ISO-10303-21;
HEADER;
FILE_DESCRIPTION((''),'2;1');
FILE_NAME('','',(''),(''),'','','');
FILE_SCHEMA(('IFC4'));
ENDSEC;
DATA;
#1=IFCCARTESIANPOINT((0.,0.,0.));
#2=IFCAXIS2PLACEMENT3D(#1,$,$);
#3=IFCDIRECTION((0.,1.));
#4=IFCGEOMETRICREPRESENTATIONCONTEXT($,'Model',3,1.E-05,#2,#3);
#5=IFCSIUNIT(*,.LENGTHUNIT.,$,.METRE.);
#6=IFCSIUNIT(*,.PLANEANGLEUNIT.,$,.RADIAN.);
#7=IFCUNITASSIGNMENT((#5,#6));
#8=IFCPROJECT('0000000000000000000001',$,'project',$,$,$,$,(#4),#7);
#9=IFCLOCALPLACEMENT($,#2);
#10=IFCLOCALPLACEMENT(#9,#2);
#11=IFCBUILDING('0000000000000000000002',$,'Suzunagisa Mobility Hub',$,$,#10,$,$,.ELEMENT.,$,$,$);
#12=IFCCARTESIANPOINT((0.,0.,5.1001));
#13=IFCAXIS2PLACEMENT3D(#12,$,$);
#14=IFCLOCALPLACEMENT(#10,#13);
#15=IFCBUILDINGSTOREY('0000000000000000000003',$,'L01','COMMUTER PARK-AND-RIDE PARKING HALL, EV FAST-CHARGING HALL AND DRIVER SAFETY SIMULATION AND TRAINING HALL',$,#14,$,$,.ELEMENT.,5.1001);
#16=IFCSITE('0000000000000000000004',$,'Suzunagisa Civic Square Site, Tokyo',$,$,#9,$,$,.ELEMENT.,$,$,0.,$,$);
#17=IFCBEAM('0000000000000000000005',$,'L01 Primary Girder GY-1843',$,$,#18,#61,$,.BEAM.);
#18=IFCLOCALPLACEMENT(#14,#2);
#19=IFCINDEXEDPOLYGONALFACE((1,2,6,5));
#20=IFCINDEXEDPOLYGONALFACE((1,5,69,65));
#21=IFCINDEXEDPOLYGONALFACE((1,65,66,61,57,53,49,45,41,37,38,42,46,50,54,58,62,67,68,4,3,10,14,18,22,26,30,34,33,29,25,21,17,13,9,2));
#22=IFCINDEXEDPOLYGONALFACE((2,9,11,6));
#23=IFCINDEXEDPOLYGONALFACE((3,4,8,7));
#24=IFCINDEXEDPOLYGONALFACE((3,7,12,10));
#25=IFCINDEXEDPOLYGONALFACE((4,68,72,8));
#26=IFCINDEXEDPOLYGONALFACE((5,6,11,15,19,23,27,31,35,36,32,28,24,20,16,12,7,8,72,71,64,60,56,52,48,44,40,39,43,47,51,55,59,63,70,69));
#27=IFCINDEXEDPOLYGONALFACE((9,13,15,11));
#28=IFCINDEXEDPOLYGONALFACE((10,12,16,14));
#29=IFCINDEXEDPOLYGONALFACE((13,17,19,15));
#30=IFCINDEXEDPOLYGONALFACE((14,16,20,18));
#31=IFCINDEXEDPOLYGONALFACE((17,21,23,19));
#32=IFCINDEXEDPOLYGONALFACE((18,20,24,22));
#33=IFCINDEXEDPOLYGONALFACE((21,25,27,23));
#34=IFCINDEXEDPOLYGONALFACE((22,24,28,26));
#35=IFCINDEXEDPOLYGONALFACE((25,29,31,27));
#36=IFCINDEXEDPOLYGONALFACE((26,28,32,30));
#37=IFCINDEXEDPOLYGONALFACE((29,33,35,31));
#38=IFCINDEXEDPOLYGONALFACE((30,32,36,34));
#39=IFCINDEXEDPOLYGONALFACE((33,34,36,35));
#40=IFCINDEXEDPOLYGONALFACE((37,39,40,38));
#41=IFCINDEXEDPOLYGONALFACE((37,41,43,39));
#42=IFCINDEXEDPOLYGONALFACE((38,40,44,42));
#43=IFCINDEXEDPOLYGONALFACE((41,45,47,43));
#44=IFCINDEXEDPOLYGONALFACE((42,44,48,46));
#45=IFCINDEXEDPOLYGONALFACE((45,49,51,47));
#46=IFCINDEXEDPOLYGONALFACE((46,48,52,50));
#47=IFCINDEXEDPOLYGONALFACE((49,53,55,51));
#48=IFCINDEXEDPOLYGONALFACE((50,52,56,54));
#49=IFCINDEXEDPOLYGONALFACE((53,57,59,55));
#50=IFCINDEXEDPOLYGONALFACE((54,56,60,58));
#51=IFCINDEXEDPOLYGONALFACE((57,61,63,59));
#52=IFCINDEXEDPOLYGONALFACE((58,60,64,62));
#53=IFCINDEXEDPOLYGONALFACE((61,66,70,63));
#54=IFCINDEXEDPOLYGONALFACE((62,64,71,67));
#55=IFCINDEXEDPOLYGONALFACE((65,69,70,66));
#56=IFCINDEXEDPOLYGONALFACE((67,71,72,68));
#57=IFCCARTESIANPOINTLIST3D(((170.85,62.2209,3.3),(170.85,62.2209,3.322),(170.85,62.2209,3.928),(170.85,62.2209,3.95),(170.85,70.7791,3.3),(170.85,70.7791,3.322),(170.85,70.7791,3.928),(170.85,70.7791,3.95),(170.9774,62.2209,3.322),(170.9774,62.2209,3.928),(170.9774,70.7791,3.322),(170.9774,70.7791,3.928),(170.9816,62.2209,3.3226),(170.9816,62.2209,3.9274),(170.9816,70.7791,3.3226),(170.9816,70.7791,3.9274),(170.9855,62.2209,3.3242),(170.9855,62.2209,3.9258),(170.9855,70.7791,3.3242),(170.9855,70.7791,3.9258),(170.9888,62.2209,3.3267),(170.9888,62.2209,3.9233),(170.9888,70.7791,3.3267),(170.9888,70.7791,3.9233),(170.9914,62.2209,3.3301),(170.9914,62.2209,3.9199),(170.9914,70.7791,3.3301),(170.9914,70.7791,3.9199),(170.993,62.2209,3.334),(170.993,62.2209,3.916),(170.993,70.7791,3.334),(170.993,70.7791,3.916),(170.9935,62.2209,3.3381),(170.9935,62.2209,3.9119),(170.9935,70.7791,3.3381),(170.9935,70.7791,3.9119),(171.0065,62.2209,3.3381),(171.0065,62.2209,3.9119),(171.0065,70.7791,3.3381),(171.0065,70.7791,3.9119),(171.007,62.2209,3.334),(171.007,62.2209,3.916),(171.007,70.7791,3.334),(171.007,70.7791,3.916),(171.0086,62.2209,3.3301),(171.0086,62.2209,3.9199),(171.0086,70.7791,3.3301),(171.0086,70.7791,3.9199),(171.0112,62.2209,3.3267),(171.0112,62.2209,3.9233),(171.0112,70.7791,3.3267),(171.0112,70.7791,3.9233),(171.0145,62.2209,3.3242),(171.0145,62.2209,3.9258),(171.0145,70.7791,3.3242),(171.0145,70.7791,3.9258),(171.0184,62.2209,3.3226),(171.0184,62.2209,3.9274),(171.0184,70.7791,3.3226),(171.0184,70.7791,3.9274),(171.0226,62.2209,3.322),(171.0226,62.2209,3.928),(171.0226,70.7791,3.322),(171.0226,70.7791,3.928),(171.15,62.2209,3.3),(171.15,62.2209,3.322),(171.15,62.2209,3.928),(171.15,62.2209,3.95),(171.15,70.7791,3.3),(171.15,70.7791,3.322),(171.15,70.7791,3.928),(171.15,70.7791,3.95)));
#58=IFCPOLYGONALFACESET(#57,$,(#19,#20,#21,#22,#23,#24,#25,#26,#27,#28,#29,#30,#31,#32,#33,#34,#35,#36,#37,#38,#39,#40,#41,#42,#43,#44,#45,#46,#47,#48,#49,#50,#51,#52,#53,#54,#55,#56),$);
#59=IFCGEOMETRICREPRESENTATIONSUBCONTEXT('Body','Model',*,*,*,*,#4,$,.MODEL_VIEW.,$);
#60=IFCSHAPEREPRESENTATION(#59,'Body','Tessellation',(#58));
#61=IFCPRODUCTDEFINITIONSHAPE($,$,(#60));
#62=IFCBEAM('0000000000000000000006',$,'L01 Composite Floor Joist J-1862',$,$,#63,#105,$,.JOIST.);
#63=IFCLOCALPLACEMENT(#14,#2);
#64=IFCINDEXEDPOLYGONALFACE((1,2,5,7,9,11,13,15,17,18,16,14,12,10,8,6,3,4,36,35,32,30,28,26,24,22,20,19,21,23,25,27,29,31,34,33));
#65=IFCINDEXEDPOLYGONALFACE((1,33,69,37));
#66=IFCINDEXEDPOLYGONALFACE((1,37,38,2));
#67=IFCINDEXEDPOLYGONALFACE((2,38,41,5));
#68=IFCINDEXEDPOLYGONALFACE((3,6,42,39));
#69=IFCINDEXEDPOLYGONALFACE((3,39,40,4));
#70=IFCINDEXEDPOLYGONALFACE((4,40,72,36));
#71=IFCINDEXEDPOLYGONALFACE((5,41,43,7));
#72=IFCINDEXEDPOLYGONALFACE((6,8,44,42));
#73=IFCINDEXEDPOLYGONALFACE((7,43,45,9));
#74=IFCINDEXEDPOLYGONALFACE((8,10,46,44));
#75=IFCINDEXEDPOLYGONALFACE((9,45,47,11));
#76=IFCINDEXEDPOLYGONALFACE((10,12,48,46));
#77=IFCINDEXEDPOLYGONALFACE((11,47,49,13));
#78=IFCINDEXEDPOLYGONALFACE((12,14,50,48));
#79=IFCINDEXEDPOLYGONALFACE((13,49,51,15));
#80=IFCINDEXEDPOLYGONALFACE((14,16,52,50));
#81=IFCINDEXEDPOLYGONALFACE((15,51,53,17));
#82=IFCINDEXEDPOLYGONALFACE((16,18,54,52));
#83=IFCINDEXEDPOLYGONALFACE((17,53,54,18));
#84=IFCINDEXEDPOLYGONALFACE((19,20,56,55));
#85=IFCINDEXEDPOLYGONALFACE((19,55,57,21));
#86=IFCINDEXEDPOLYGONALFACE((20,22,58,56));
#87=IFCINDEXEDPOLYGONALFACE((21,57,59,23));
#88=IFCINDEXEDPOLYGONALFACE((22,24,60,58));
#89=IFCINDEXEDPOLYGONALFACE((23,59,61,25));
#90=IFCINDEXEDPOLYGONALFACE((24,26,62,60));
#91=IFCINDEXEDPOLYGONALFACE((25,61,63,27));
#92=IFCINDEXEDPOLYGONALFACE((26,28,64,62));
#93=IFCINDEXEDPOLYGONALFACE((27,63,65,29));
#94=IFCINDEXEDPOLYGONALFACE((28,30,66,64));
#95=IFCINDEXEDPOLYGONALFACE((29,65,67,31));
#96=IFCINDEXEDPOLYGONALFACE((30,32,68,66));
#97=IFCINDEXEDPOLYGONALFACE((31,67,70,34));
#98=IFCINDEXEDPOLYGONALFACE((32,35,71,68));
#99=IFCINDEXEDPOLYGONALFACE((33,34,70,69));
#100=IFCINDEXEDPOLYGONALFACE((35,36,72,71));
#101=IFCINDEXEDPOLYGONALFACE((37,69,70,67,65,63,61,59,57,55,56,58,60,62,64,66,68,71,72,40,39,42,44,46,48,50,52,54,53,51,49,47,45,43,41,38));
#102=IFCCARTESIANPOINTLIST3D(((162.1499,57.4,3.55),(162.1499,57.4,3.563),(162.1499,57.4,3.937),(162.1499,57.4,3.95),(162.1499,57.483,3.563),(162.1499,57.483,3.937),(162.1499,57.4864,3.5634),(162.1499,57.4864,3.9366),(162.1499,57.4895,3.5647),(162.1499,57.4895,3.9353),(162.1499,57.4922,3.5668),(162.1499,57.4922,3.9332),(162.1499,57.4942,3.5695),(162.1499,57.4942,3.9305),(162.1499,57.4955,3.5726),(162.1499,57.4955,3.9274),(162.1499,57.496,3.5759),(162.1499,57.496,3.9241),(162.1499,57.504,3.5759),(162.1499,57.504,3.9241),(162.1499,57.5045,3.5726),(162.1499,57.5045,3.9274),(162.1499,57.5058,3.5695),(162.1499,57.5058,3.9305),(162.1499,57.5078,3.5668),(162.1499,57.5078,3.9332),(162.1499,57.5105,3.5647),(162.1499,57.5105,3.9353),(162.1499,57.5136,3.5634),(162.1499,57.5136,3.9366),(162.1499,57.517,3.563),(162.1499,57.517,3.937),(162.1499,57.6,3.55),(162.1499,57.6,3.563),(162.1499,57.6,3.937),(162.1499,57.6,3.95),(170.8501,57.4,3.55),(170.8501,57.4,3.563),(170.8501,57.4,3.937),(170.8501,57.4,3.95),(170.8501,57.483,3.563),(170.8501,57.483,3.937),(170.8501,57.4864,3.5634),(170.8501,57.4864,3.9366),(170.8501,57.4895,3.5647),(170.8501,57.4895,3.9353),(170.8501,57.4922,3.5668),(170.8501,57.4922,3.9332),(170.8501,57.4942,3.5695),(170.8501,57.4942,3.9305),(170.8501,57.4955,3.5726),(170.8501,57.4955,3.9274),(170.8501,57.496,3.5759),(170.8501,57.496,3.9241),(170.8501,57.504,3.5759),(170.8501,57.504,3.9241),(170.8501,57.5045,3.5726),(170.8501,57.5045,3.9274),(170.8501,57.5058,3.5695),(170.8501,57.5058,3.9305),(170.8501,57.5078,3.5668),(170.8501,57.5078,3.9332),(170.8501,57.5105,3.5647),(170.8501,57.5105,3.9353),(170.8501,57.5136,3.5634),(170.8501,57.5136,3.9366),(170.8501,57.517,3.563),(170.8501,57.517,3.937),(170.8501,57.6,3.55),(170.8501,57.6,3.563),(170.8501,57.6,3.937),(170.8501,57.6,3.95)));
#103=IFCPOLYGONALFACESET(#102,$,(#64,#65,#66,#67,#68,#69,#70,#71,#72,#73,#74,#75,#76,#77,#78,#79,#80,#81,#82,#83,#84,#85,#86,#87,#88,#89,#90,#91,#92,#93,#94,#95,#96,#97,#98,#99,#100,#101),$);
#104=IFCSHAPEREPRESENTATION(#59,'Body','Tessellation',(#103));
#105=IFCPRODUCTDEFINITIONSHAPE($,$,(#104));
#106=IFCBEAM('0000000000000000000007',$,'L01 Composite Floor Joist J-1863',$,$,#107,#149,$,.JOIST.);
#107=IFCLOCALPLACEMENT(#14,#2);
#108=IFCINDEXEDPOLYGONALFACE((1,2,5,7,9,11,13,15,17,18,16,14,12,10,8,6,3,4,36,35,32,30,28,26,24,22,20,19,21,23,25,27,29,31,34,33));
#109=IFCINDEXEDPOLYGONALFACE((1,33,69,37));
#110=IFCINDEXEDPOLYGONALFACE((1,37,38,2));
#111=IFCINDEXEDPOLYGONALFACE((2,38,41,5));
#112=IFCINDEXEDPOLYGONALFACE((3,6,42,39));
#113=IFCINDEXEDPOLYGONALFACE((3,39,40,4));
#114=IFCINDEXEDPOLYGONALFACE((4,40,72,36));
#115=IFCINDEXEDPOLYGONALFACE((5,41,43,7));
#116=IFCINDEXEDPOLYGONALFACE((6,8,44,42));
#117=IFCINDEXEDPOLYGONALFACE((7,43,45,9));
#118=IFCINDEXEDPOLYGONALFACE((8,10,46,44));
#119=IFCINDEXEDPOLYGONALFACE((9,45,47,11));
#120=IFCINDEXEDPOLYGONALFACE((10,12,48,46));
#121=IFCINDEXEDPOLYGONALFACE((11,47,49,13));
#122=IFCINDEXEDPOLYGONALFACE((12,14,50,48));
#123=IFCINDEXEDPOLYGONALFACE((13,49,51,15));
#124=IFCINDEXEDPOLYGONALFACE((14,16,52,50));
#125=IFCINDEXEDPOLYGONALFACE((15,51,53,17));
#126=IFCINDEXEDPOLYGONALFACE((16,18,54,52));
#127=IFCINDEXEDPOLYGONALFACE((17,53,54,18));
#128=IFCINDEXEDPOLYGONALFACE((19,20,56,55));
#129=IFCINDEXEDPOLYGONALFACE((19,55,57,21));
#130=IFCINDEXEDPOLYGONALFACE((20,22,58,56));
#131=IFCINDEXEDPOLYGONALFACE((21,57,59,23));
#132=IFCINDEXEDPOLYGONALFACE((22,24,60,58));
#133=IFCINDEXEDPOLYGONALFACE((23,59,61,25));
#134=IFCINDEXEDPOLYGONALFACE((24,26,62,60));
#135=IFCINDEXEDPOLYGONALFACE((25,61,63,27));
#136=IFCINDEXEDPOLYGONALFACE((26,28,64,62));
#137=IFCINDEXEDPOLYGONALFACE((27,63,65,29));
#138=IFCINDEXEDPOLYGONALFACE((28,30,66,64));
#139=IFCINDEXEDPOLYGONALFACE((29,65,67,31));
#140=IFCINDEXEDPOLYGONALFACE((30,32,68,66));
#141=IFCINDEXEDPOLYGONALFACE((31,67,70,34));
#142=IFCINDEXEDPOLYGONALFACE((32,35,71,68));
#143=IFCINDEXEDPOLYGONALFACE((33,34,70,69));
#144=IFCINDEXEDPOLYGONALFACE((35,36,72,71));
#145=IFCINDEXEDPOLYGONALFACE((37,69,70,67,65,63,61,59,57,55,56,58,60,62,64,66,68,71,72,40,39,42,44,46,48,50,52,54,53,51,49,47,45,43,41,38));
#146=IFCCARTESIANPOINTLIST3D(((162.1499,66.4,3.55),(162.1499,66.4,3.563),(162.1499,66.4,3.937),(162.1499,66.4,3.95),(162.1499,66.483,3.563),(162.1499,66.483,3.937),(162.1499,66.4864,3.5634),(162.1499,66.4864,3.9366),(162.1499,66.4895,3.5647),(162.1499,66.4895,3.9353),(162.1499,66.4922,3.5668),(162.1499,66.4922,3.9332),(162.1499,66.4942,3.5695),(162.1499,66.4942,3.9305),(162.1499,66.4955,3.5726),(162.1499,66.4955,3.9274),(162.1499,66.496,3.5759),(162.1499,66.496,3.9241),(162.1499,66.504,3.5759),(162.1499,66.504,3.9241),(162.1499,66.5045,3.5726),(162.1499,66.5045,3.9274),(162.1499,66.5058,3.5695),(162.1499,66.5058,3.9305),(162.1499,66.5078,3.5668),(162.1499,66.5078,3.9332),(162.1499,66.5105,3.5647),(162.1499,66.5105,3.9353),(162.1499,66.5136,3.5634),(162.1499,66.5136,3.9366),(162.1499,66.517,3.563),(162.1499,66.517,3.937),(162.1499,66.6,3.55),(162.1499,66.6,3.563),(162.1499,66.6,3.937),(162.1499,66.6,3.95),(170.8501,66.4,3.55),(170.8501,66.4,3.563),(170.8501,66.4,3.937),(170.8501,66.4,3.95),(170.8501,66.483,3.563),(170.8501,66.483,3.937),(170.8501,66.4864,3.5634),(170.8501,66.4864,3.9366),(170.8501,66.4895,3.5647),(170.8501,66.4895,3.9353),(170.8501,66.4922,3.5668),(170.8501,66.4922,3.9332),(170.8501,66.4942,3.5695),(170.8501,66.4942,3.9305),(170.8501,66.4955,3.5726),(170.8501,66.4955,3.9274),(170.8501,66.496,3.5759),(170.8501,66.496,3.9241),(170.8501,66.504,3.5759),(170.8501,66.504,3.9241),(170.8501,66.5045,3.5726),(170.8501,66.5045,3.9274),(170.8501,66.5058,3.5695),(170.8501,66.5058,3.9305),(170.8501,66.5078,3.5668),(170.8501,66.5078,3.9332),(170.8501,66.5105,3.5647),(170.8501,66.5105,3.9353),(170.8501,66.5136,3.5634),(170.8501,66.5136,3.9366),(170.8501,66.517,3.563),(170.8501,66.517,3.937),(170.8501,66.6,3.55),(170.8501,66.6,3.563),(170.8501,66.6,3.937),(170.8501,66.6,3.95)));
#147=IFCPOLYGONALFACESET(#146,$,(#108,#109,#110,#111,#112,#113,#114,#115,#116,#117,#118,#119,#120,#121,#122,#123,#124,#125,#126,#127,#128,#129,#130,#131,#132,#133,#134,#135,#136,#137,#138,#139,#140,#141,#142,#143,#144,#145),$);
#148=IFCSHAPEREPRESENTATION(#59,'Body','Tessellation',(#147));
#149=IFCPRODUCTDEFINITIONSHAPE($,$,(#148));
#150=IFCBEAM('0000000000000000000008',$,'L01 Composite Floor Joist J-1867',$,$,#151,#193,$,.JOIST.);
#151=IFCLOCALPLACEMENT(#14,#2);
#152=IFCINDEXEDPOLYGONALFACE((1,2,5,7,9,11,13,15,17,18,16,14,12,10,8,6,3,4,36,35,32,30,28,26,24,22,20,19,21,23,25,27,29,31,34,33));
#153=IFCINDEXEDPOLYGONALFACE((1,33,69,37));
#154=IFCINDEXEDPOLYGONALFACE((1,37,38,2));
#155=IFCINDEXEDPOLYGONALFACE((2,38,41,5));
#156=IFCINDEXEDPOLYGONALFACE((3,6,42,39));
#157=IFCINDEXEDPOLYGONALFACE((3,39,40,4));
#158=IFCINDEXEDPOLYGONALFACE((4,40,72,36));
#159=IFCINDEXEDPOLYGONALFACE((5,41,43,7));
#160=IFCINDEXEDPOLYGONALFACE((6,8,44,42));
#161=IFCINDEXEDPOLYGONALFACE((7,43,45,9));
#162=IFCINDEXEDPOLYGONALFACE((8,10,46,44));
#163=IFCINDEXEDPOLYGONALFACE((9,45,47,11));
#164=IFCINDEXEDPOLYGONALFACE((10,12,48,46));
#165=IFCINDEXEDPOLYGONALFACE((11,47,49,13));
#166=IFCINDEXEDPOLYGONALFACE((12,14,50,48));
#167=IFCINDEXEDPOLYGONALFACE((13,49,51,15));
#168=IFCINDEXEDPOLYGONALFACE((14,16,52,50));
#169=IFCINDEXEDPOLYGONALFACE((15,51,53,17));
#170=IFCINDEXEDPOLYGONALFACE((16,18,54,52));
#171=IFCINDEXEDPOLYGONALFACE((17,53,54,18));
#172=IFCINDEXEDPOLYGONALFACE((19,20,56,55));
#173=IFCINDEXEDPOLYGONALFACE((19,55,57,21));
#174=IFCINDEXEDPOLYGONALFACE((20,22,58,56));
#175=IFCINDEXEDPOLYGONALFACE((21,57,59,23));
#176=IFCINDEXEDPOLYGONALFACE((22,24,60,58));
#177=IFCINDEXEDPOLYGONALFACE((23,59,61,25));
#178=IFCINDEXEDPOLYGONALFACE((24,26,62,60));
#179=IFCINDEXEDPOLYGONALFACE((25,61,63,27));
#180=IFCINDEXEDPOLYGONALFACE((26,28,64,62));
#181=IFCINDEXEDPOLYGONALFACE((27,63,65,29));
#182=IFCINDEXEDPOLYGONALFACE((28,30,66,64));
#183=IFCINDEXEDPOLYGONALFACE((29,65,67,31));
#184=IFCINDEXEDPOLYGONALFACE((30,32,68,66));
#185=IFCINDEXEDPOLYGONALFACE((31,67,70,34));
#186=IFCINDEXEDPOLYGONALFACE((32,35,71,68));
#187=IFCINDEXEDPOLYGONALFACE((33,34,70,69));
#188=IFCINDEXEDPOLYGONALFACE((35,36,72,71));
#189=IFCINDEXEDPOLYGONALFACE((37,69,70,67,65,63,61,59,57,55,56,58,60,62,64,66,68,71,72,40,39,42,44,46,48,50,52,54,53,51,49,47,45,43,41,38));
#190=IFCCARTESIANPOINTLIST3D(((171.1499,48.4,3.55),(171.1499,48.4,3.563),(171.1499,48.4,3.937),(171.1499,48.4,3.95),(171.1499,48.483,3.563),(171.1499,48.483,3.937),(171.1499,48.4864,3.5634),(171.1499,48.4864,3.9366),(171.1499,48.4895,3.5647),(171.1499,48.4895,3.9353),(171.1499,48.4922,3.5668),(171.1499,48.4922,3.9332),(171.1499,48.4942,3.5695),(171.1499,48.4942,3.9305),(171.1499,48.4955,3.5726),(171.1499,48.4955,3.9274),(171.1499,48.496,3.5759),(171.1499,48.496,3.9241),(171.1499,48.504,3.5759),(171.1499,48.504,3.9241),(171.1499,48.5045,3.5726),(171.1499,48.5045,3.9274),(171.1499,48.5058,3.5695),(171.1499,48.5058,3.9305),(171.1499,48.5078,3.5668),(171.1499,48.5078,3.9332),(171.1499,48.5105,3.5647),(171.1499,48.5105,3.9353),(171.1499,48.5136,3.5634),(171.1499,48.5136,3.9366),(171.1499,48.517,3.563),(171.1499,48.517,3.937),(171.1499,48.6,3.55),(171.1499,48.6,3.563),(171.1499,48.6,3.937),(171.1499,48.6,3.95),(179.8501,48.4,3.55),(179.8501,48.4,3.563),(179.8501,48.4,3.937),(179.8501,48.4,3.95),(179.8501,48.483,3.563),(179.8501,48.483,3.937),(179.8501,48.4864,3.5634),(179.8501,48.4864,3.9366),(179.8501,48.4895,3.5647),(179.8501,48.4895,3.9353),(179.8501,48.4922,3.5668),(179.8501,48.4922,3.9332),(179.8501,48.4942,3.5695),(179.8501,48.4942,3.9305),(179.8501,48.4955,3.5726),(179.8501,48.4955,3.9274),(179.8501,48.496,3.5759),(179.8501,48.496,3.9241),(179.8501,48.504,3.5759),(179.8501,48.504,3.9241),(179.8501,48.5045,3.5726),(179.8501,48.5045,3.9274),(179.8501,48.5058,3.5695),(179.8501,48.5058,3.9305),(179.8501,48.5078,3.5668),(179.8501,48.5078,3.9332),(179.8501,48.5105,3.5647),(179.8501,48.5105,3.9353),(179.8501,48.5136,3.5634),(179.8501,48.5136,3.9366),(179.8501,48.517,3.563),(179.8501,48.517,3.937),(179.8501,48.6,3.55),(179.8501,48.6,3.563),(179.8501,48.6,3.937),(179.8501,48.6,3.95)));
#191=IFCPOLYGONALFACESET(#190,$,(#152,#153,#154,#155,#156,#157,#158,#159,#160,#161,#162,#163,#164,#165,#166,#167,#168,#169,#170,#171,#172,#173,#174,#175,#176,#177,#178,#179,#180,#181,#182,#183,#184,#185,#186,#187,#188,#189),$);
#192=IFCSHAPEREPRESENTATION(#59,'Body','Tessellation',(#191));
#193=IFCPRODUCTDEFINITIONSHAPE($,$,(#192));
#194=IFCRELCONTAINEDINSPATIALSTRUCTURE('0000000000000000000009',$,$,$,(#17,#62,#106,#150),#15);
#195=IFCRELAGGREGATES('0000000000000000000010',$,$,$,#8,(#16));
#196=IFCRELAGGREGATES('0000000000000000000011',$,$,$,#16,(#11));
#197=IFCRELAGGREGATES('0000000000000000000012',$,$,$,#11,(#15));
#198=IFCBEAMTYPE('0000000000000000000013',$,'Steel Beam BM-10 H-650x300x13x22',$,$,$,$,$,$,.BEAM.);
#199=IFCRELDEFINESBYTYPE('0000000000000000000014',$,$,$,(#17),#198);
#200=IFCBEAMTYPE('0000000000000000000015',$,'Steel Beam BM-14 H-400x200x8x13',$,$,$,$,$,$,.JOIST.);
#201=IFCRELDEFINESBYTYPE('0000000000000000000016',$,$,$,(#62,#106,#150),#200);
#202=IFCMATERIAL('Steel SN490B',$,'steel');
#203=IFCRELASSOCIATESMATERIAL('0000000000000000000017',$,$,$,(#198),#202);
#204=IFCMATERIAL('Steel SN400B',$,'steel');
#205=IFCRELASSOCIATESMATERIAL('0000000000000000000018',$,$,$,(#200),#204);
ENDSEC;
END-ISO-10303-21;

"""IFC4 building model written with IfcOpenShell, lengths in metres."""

from ifc_helpers import new_model, si_unit, direction, frame, origin, origin_2d, place, context, subcontext, project, spatial, i_section, extrude, material, material_profile, profile_set, type_object, element, save


model = new_model("IFC4")

# Units and contexts
model_context = context("Model", 3, precision=1e-05, world=origin(), true_north=direction((0.0, 1.0)))
body_context = subcontext(model_context, "Body", "Model", "MODEL_VIEW")
ifc_project = project(units=[si_unit("LENGTHUNIT", "METRE"), si_unit("PLANEANGLEUNIT", "RADIAN")], contexts=[model_context])

# Site, building, storey
site_placement = place(None, origin())
site = spatial("IfcSite", under=ifc_project, at=site_placement, Name="Suzunagisa Civic Square Site, Tokyo", CompositionType="ELEMENT", RefElevation=0.0)
building_placement = place(site_placement, origin())
building = spatial("IfcBuilding", under=site, at=building_placement, Name="Suzunagisa Mobility Hub", CompositionType="ELEMENT")
storey_placement = place(building_placement, frame((0.0, 0.0, 5.1001)))
storey = spatial("IfcBuildingStorey", under=building, at=storey_placement, Name="L01", Description="COMMUTER PARK-AND-RIDE PARKING HALL, EV FAST-CHARGING HALL AND DRIVER SAFETY SIMULATION AND TRAINING HALL", CompositionType="ELEMENT", Elevation=5.1001)

# Shared definitions
ifc_material_1 = material(Name="Steel SN490B", Category="steel")

# Beams
ifc_material_profile_1 = material_profile(ifc_material_1, i_section(OverallWidth=0.3, OverallDepth=0.6499, WebThickness=0.0129, FlangeThickness=0.022, FilletRadius=0.0161, at=origin_2d()), Name="H-650x300x13x22")
ifc_profile_set_1 = profile_set([ifc_material_profile_1], Name="Steel SN490B")
beam_type_1 = type_object("IfcBeamType", Name="Steel Beam BM-10 H-650x300x13x22", PredefinedType="BEAM", material=ifc_profile_set_1)
for number, where, z_axis, x_axis, name in (
    (1, (171.0, 62.2209, 3.625), (0.0, 1.0, 0.0), (-1.0, 0.0, 0.0), "L01 Primary Girder GY-1843"),
):
    element("IfcBeam", number, at=place(storey_placement, frame(where, z_axis=z_axis, x_axis=x_axis)), inside=storey, type_object=beam_type_1, Name=name, PredefinedType="BEAM", context=body_context, shape_type="SweptSolid", body=[
        extrude(i_section(OverallWidth=0.3, OverallDepth=0.6499, WebThickness=0.0129, FlangeThickness=0.022, FilletRadius=0.0161, at=origin_2d()), origin(), (0.0, 0.0, 1.0), 8.5581),
    ])
ifc_material_2 = material(Name="Steel SN400B", Category="steel")
ifc_material_profile_2 = material_profile(ifc_material_2, i_section(OverallWidth=0.2, OverallDepth=0.3999, WebThickness=0.0081, FlangeThickness=0.0129, FilletRadius=0.0129, at=origin_2d()), Name="H-400x200x8x13")
ifc_profile_set_2 = profile_set([ifc_material_profile_2], Name="Steel SN400B")
beam_type_2 = type_object("IfcBeamType", Name="Steel Beam BM-14 H-400x200x8x13", PredefinedType="JOIST", material=ifc_profile_set_2)
for number, where, z_axis, x_axis, name in (
    (2, (162.1499, 57.5, 3.75), (1.0, 0.0, 0.0), (0.0, 1.0, 0.0), "L01 Composite Floor Joist J-1862"),
    (3, (162.1499, 66.5, 3.75), (1.0, 0.0, 0.0), (0.0, 1.0, 0.0), "L01 Composite Floor Joist J-1863"),
    (4, (171.1499, 48.5, 3.75), (1.0, 0.0, 0.0), (0.0, 1.0, 0.0), "L01 Composite Floor Joist J-1867"),
):
    element("IfcBeam", number, at=place(storey_placement, frame(where, z_axis=z_axis, x_axis=x_axis)), inside=storey, type_object=beam_type_2, Name=name, PredefinedType="JOIST", context=body_context, shape_type="SweptSolid", body=[
        extrude(i_section(OverallWidth=0.2, OverallDepth=0.3999, WebThickness=0.0081, FlangeThickness=0.0129, FilletRadius=0.0129, at=origin_2d()), origin(), (0.0, 0.0, 1.0), 8.7002),
    ])

save(model, "model.ifc")
